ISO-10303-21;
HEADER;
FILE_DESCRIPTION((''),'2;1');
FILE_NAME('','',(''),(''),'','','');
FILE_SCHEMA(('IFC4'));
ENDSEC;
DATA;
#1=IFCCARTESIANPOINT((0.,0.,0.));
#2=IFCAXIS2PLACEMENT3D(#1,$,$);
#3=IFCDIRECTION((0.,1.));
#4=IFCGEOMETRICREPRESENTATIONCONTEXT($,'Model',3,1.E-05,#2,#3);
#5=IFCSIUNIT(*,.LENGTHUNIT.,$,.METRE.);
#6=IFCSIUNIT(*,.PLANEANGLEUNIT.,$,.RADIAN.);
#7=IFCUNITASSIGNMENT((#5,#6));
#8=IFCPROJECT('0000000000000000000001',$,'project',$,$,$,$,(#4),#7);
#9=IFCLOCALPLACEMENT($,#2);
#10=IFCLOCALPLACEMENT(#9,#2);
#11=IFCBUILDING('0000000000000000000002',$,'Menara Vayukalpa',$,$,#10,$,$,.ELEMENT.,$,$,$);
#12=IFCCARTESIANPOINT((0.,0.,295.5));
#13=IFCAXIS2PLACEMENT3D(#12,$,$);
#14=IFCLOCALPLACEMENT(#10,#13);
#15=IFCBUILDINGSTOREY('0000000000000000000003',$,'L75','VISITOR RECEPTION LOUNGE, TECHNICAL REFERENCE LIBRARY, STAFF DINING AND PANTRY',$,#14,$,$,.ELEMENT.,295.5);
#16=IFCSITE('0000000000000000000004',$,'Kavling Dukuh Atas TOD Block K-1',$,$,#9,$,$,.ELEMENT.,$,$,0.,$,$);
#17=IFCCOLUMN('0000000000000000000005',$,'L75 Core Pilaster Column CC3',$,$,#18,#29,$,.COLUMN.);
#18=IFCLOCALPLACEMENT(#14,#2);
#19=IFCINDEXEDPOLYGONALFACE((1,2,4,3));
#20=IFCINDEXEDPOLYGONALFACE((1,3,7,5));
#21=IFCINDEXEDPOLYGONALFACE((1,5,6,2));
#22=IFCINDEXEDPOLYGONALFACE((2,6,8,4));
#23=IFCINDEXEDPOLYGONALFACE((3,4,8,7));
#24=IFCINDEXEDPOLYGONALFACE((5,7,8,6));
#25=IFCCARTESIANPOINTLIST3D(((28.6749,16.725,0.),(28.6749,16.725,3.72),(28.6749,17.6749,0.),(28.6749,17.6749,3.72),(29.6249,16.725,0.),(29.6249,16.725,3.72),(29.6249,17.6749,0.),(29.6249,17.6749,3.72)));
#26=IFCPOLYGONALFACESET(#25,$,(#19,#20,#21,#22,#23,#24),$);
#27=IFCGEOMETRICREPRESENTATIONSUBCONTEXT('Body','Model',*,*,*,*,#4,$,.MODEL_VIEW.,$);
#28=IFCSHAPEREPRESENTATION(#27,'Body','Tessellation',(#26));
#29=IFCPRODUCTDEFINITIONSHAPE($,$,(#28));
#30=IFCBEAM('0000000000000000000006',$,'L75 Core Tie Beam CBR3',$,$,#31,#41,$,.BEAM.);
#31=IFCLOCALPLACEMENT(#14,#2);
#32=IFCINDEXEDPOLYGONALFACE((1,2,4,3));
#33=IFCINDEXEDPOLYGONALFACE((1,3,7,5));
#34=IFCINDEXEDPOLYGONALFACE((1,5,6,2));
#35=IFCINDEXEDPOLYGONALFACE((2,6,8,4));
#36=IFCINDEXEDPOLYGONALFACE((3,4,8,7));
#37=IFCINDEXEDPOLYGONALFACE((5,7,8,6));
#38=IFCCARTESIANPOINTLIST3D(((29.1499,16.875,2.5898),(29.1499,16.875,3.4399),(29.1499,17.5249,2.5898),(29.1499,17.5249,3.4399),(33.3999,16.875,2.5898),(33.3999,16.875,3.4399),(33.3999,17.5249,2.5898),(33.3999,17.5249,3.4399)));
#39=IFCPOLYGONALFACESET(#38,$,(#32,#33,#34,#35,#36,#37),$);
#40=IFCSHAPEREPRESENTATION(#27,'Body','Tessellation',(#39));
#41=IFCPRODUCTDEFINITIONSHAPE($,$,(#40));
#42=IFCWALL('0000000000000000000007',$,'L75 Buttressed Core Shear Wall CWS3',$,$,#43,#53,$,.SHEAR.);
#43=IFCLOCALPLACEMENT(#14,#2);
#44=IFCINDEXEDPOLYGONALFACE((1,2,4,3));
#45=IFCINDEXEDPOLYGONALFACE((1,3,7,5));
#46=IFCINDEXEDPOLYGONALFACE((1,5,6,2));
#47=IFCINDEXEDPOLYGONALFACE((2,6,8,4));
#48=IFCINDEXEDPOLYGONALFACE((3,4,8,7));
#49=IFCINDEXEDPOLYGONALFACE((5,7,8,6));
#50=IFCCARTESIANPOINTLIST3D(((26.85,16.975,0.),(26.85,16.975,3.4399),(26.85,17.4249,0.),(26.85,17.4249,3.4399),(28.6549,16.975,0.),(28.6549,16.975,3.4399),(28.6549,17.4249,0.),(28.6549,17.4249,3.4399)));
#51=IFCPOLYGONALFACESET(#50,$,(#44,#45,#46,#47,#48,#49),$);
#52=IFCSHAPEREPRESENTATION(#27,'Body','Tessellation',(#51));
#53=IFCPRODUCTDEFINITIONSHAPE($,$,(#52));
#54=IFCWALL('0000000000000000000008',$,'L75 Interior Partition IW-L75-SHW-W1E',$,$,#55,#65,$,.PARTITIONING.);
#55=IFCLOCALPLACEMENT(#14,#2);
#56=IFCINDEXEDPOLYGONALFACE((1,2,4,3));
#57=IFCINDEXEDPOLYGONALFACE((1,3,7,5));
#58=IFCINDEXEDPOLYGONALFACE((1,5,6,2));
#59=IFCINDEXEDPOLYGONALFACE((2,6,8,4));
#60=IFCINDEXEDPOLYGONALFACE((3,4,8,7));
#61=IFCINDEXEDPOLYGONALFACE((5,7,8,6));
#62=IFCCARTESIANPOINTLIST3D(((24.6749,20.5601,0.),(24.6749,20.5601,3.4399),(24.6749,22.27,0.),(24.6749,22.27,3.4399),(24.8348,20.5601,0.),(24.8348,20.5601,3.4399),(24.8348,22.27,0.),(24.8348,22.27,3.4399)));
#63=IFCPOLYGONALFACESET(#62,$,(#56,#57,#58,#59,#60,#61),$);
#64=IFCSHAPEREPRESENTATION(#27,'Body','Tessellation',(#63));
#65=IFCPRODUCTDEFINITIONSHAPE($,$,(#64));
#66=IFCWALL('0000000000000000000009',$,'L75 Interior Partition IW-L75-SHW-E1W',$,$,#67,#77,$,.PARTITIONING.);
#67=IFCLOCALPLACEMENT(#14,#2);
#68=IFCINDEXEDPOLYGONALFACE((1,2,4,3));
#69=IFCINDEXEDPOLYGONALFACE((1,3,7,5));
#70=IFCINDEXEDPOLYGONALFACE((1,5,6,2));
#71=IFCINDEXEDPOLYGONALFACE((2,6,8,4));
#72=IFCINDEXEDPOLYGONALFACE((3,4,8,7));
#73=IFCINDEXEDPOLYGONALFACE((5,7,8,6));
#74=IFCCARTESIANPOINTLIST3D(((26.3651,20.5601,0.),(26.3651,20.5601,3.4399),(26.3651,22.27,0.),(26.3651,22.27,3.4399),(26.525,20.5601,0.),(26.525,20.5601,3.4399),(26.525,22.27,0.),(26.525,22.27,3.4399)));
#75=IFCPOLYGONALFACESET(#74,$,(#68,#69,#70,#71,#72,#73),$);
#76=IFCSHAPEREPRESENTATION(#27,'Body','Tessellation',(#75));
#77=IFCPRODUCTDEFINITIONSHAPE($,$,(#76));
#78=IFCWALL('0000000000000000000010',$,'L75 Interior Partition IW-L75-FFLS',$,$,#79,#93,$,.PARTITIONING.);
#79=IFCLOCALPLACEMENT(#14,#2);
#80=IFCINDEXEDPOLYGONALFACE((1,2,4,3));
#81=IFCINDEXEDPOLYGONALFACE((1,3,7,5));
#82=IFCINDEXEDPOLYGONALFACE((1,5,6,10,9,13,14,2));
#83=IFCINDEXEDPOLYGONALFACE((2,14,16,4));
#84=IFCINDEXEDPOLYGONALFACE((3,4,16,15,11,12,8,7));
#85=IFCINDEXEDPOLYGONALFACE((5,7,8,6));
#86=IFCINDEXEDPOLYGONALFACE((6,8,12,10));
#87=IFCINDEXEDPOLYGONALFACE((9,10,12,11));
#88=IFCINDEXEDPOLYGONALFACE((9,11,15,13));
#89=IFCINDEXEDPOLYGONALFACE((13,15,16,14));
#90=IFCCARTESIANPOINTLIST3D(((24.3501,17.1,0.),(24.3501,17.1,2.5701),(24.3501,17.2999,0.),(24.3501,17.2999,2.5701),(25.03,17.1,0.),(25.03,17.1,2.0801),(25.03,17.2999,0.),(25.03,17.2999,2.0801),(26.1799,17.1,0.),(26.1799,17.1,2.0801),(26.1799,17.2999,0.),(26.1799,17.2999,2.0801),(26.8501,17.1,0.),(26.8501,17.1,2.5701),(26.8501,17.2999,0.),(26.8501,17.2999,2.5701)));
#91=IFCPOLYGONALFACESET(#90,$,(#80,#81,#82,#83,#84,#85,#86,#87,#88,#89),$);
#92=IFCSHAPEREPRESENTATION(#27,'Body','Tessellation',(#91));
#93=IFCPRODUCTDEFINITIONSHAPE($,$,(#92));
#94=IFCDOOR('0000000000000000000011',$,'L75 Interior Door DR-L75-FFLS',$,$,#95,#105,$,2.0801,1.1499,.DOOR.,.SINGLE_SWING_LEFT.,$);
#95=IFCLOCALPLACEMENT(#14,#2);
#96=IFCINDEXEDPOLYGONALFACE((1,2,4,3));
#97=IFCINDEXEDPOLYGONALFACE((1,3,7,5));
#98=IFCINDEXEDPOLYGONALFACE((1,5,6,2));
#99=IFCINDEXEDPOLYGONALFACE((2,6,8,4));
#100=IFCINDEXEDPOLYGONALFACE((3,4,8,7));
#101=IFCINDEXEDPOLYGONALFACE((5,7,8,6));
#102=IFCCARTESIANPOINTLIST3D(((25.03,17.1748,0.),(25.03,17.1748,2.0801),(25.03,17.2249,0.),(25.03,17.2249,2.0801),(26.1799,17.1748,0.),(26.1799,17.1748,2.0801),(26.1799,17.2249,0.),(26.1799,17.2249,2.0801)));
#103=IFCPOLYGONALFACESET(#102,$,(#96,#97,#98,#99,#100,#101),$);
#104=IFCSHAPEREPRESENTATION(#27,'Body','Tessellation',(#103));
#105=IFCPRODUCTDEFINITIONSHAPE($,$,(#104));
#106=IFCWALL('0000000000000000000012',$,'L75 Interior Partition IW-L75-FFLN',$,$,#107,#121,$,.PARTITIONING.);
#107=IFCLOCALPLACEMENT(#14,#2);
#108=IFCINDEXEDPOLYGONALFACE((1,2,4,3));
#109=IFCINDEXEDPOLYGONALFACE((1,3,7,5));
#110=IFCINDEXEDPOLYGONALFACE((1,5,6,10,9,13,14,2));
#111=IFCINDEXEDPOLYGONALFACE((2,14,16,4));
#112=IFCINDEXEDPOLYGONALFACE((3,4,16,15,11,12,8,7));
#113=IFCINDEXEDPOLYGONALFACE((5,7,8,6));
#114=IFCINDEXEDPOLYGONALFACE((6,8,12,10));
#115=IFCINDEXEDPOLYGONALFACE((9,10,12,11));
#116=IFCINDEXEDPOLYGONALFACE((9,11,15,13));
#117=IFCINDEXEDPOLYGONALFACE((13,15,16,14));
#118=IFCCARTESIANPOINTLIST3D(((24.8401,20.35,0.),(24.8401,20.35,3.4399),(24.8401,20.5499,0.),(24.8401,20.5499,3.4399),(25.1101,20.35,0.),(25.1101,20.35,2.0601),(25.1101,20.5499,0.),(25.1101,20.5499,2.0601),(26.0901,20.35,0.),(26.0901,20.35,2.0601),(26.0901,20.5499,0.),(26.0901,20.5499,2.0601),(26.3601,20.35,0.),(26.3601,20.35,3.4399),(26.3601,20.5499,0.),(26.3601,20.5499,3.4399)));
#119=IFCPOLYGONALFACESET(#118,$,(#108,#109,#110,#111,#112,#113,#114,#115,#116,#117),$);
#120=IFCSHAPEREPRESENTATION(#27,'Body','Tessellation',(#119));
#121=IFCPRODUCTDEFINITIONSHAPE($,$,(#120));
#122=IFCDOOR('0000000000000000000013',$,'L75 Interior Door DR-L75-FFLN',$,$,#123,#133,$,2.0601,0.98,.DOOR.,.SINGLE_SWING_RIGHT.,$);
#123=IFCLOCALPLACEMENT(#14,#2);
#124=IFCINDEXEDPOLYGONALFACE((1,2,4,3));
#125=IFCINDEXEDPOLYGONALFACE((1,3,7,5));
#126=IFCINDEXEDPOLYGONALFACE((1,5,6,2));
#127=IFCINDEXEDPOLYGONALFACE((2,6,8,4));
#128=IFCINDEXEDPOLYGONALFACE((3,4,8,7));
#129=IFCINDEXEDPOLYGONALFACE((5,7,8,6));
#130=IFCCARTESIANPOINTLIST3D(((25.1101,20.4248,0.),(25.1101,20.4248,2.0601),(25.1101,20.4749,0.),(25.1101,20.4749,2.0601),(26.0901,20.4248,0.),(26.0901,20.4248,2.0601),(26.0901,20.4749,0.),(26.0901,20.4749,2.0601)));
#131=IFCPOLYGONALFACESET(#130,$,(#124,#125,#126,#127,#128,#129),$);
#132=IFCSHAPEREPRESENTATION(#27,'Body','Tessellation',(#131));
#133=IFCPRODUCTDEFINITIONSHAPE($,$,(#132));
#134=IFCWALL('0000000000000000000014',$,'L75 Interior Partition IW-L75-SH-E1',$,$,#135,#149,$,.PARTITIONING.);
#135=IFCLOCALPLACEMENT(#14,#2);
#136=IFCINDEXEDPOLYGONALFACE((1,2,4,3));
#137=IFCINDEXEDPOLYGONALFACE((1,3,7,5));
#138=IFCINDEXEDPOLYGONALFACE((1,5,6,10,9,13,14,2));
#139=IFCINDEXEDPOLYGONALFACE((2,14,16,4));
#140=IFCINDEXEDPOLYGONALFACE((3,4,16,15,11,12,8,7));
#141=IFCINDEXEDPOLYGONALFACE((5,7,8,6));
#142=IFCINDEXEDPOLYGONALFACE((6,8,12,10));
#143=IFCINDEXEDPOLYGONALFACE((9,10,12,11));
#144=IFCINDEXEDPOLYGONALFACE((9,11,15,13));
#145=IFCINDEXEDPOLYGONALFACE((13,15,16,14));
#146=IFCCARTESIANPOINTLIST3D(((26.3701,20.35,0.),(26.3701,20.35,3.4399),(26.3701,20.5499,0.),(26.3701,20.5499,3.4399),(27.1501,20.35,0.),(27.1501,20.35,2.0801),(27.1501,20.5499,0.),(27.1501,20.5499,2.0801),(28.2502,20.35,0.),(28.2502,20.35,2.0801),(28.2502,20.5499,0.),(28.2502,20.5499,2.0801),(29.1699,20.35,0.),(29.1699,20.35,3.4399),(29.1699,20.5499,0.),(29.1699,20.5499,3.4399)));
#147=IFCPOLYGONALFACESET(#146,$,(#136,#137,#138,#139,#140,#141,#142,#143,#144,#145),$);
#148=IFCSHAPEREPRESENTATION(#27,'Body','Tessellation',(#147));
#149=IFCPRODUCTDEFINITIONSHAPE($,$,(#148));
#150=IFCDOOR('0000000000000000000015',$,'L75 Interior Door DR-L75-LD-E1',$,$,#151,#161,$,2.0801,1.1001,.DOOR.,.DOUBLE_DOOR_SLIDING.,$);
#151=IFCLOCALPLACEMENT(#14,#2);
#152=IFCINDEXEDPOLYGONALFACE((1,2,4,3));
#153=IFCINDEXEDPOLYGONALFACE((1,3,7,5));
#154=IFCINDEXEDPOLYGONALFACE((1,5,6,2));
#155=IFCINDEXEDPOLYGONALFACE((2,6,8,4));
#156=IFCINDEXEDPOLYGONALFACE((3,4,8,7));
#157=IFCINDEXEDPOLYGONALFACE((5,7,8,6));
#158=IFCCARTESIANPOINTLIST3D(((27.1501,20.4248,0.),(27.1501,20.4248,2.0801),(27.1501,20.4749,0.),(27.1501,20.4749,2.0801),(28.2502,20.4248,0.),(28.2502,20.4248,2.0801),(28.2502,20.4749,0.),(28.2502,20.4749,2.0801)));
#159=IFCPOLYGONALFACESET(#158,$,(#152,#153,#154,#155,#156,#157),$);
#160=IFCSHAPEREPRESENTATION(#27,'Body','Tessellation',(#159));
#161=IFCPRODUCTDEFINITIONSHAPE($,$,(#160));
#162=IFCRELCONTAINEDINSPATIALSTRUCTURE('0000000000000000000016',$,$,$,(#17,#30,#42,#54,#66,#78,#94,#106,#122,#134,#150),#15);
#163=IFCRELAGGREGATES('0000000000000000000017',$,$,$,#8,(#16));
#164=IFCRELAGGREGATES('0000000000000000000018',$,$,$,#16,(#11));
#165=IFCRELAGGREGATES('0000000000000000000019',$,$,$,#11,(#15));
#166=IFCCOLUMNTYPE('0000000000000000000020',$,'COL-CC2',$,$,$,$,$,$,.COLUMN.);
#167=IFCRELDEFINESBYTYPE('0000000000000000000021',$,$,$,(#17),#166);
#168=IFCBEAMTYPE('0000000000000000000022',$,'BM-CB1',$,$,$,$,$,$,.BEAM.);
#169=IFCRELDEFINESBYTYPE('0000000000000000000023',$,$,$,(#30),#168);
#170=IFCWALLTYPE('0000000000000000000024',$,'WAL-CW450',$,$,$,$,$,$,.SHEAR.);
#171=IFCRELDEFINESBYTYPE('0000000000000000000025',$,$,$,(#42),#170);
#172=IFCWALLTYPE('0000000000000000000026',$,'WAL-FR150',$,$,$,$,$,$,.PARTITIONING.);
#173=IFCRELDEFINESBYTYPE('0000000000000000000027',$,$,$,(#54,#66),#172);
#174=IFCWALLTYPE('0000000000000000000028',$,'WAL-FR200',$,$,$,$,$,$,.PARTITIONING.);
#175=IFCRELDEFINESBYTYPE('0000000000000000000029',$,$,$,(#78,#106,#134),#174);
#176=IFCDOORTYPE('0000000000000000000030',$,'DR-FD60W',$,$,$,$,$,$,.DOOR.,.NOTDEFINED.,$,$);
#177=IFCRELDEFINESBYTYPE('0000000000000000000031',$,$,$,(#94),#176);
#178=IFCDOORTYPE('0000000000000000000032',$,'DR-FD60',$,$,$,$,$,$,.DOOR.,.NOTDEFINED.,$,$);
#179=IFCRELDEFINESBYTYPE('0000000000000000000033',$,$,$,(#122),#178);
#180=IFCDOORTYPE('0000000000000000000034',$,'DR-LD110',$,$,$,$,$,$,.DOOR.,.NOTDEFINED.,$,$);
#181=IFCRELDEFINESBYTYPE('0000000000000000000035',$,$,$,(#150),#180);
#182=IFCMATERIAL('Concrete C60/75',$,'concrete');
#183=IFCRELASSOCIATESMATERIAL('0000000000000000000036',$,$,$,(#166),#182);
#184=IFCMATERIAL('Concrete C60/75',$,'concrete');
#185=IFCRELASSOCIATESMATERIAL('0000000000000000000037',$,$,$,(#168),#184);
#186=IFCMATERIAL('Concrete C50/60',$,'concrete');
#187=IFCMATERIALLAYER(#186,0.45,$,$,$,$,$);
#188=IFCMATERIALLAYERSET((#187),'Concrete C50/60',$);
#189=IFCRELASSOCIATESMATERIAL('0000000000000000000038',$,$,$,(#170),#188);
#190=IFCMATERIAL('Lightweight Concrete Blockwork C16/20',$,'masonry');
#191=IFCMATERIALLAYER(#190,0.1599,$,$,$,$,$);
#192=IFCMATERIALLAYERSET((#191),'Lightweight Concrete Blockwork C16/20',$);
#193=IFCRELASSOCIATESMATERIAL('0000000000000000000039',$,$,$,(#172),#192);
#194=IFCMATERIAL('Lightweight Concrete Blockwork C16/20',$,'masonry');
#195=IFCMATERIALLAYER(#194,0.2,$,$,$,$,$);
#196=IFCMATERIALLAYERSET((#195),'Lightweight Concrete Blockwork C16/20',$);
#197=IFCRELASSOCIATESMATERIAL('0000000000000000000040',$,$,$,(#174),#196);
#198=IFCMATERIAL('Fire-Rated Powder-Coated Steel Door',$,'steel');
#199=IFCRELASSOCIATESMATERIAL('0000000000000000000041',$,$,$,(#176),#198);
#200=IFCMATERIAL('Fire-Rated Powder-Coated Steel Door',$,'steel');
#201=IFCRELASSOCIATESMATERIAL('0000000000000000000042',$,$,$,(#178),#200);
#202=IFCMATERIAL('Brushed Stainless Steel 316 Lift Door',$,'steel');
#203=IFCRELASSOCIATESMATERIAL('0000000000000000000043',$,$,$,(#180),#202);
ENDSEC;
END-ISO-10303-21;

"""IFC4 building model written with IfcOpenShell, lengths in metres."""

from ifc_helpers import new_model, si_unit, direction, frame, frame_2d, origin, origin_2d, place, context, subcontext, project, spatial, rectangle, extrude, material, layer, layer_set, material_profile, profile_set, type_object, element, fill, save


model = new_model("IFC4")

# Units and contexts
model_context = context("Model", 3, precision=1e-05, world=origin(), true_north=direction((0.0, 1.0)))
body_context = subcontext(model_context, "Body", "Model", "MODEL_VIEW")
ifc_project = project(units=[si_unit("LENGTHUNIT", "METRE"), si_unit("PLANEANGLEUNIT", "RADIAN")], contexts=[model_context])

# Site, building, storey
site_placement = place(None, origin())
site = spatial("IfcSite", under=ifc_project, at=site_placement, Name="Kavling Dukuh Atas TOD Block K-1", CompositionType="ELEMENT", RefElevation=0.0)
building_placement = place(site_placement, origin())
building = spatial("IfcBuilding", under=site, at=building_placement, Name="Menara Vayukalpa", CompositionType="ELEMENT")
storey_placement = place(building_placement, frame((0.0, 0.0, 295.5)))
storey = spatial("IfcBuildingStorey", under=building, at=storey_placement, Name="L75", Description="VISITOR RECEPTION LOUNGE, TECHNICAL REFERENCE LIBRARY, STAFF DINING AND PANTRY", CompositionType="ELEMENT", Elevation=295.5)

# Column
ifc_material_1 = material(Name="Concrete C60/75", Category="concrete")
ifc_material_profile_1 = material_profile(ifc_material_1, rectangle(XDim=0.95, YDim=0.95, at=origin_2d()), Name="RC 950x950")
ifc_profile_set_1 = profile_set([ifc_material_profile_1], Name="Concrete C60/75")
column_type = type_object("IfcColumnType", Name="COL-CC2", PredefinedType="COLUMN", material=ifc_profile_set_1)
column_placement = place(storey_placement, frame((29.1499, 17.2, 0.0), z_axis=(0.0, 0.0, 1.0), x_axis=(1.0, 0.0, 0.0)))
element("IfcColumn", 1, at=column_placement, inside=storey, type_object=column_type, Name="L75 Core Pilaster Column CC3", PredefinedType="COLUMN", context=body_context, shape_type="SweptSolid", body=[
    extrude(rectangle(XDim=0.95, YDim=0.95, at=origin_2d()), origin(), (0.0, 0.0, 1.0), 3.72),
])

# Beam
ifc_material_2 = material(Name="Concrete C60/75", Category="concrete")
ifc_material_profile_2 = material_profile(ifc_material_2, rectangle(XDim=0.6499, YDim=0.8501, at=origin_2d()), Name="RC 650x850")
ifc_profile_set_2 = profile_set([ifc_material_profile_2], Name="Concrete C60/75")
beam_type = type_object("IfcBeamType", Name="BM-CB1", PredefinedType="BEAM", material=ifc_profile_set_2)
beam_placement = place(storey_placement, frame((29.1499, 17.2, 3.0149), z_axis=(1.0, 0.0, 0.0), x_axis=(0.0, 1.0, 0.0)))
element("IfcBeam", 2, at=beam_placement, inside=storey, type_object=beam_type, Name="L75 Core Tie Beam CBR3", PredefinedType="BEAM", context=body_context, shape_type="SweptSolid", body=[
    extrude(rectangle(XDim=0.6499, YDim=0.8501, at=origin_2d()), origin(), (0.0, 0.0, 1.0), 4.25),
])

# Walls
ifc_material_3 = material(Name="Concrete C50/60", Category="concrete")
ifc_layer_1 = layer(ifc_material_3, 0.45)
ifc_layer_set_1 = layer_set([ifc_layer_1], Name="Concrete C50/60")
wall_type_1 = type_object("IfcWallType", Name="WAL-CW450", PredefinedType="SHEAR", material=ifc_layer_set_1)
wall_1_placement = place(storey_placement, frame((26.8501, 17.2, 0.0), z_axis=(0.0, 0.0, 1.0), x_axis=(1.0, 0.0, 0.0)))
element("IfcWall", 3, at=wall_1_placement, inside=storey, type_object=wall_type_1, Name="L75 Buttressed Core Shear Wall CWS3", PredefinedType="SHEAR", context=body_context, shape_type="SweptSolid", body=[
    extrude(rectangle(XDim=1.8049, YDim=0.45, at=frame_2d((0.9023, 0.0))), origin(), (0.0, 0.0, 1.0), 3.4399),
])
ifc_material_4 = material(Name="Lightweight Concrete Blockwork C16/20", Category="masonry")
ifc_layer_2 = layer(ifc_material_4, 0.1599)
ifc_layer_set_2 = layer_set([ifc_layer_2], Name="Lightweight Concrete Blockwork C16/20")
wall_type_2 = type_object("IfcWallType", Name="WAL-FR150", PredefinedType="PARTITIONING", material=ifc_layer_set_2)
for number, where, z_axis, x_axis, name in (
    (4, (24.7549, 20.5601, 0.0), (0.0, 0.0, 1.0), (0.0, 1.0, 0.0), "L75 Interior Partition IW-L75-SHW-W1E"),
    (5, (26.4451, 20.5601, 0.0), (0.0, 0.0, 1.0), (0.0, 1.0, 0.0), "L75 Interior Partition IW-L75-SHW-E1W"),
):
    element("IfcWall", number, at=place(storey_placement, frame(where, z_axis=z_axis, x_axis=x_axis)), inside=storey, type_object=wall_type_2, Name=name, PredefinedType="PARTITIONING", context=body_context, shape_type="SweptSolid", body=[
        extrude(rectangle(XDim=1.71, YDim=0.1599, at=frame_2d((0.855, 0.0))), origin(), (0.0, 0.0, 1.0), 3.4399),
    ])

# Walls, openings, doors
ifc_material_5 = material(Name="Lightweight Concrete Blockwork C16/20", Category="masonry")
ifc_layer_3 = layer(ifc_material_5, 0.2)
ifc_layer_set_3 = layer_set([ifc_layer_3], Name="Lightweight Concrete Blockwork C16/20")
wall_type_3 = type_object("IfcWallType", Name="WAL-FR200", PredefinedType="PARTITIONING", material=ifc_layer_set_3)
wall_2_placement = place(storey_placement, frame((24.3501, 17.2, 0.0), z_axis=(0.0, 0.0, 1.0), x_axis=(1.0, 0.0, 0.0)))
wall_2 = element("IfcWall", 6, at=wall_2_placement, inside=storey, type_object=wall_type_3, Name="L75 Interior Partition IW-L75-FFLS", PredefinedType="PARTITIONING", context=body_context, shape_type="SweptSolid", body=[
    extrude(rectangle(XDim=2.5, YDim=0.2, at=frame_2d((1.25, 0.0))), origin(), (0.0, 0.0, 1.0), 2.5701),
])
opening_1_placement = place(wall_2_placement, frame((0.6799, 0.0, 0.0)))
opening_1 = element("IfcOpeningElement", 7, at=opening_1_placement, cuts=wall_2, PredefinedType="OPENING", context=body_context, shape_type="SweptSolid", body=[
    extrude(rectangle(XDim=1.1499, YDim=2.0801, at=frame_2d((0.575, 1.04))), frame((0.0, 0.1099, 0.0), z_axis=(0.0, -1.0, 0.0), x_axis=(1.0, 0.0, 0.0)), (0.0, 0.0, 1.0), 0.22),
])
ifc_material_6 = material(Name="Fire-Rated Powder-Coated Steel Door", Category="steel")
door_type_1 = type_object("IfcDoorType", Name="DR-FD60W", OperationType="NOTDEFINED", PredefinedType="DOOR", material=ifc_material_6)
door_1_placement = place(opening_1_placement, origin())
door_1 = element("IfcDoor", 8, at=door_1_placement, inside=storey, type_object=door_type_1, Name="L75 Interior Door DR-L75-FFLS", OperationType="SINGLE_SWING_LEFT", OverallHeight=2.0801, OverallWidth=1.1499, PredefinedType="DOOR", context=body_context, shape_type="SweptSolid", body=[
    extrude(rectangle(XDim=1.1499, YDim=2.0801, at=frame_2d((0.575, 1.04))), frame((0.0, 0.0249, 0.0), z_axis=(0.0, -1.0, 0.0), x_axis=(1.0, 0.0, 0.0)), (0.0, 0.0, 1.0), 0.05),
])
fill(opening_1, door_1)
wall_3_placement = place(storey_placement, frame((24.8401, 20.45, 0.0), z_axis=(0.0, 0.0, 1.0), x_axis=(1.0, 0.0, 0.0)))
wall_3 = element("IfcWall", 9, at=wall_3_placement, inside=storey, type_object=wall_type_3, Name="L75 Interior Partition IW-L75-FFLN", PredefinedType="PARTITIONING", context=body_context, shape_type="SweptSolid", body=[
    extrude(rectangle(XDim=1.52, YDim=0.2, at=frame_2d((0.76, 0.0))), origin(), (0.0, 0.0, 1.0), 3.4399),
])
opening_2_placement = place(wall_3_placement, frame((0.27, 0.0, 0.0)))
opening_2 = element("IfcOpeningElement", 10, at=opening_2_placement, cuts=wall_3, PredefinedType="OPENING", context=body_context, shape_type="SweptSolid", body=[
    extrude(rectangle(XDim=0.98, YDim=2.0601, at=frame_2d((0.49, 1.03))), frame((0.0, 0.1099, 0.0), z_axis=(0.0, -1.0, 0.0), x_axis=(1.0, 0.0, 0.0)), (0.0, 0.0, 1.0), 0.22),
])
ifc_material_7 = material(Name="Fire-Rated Powder-Coated Steel Door", Category="steel")
door_type_2 = type_object("IfcDoorType", Name="DR-FD60", OperationType="NOTDEFINED", PredefinedType="DOOR", material=ifc_material_7)
door_2_placement = place(opening_2_placement, origin())
door_2 = element("IfcDoor", 11, at=door_2_placement, inside=storey, type_object=door_type_2, Name="L75 Interior Door DR-L75-FFLN", OperationType="SINGLE_SWING_RIGHT", OverallHeight=2.0601, OverallWidth=0.98, PredefinedType="DOOR", context=body_context, shape_type="SweptSolid", body=[
    extrude(rectangle(XDim=0.98, YDim=2.0601, at=frame_2d((0.49, 1.03))), frame((0.0, 0.0249, 0.0), z_axis=(0.0, -1.0, 0.0), x_axis=(1.0, 0.0, 0.0)), (0.0, 0.0, 1.0), 0.05),
])
fill(opening_2, door_2)
wall_4_placement = place(storey_placement, frame((26.3701, 20.45, 0.0), z_axis=(0.0, 0.0, 1.0), x_axis=(1.0, 0.0, 0.0)))
wall_4 = element("IfcWall", 12, at=wall_4_placement, inside=storey, type_object=wall_type_3, Name="L75 Interior Partition IW-L75-SH-E1", PredefinedType="PARTITIONING", context=body_context, shape_type="SweptSolid", body=[
    extrude(rectangle(XDim=2.7998, YDim=0.2, at=frame_2d((1.3999, 0.0))), origin(), (0.0, 0.0, 1.0), 3.4399),
])
opening_3_placement = place(wall_4_placement, frame((0.78, 0.0, 0.0)))
opening_3 = element("IfcOpeningElement", 13, at=opening_3_placement, cuts=wall_4, PredefinedType="OPENING", context=body_context, shape_type="SweptSolid", body=[
    extrude(rectangle(XDim=1.1001, YDim=2.0801, at=frame_2d((0.55, 1.04))), frame((0.0, 0.1099, 0.0), z_axis=(0.0, -1.0, 0.0), x_axis=(1.0, 0.0, 0.0)), (0.0, 0.0, 1.0), 0.22),
])
ifc_material_8 = material(Name="Brushed Stainless Steel 316 Lift Door", Category="steel")
door_type_3 = type_object("IfcDoorType", Name="DR-LD110", OperationType="NOTDEFINED", PredefinedType="DOOR", material=ifc_material_8)
door_3_placement = place(opening_3_placement, origin())
door_3 = element("IfcDoor", 14, at=door_3_placement, inside=storey, type_object=door_type_3, Name="L75 Interior Door DR-L75-LD-E1", OperationType="DOUBLE_DOOR_SLIDING", OverallHeight=2.0801, OverallWidth=1.1001, PredefinedType="DOOR", context=body_context, shape_type="SweptSolid", body=[
    extrude(rectangle(XDim=1.1001, YDim=2.0801, at=frame_2d((0.55, 1.04))), frame((0.0, 0.0249, 0.0), z_axis=(0.0, -1.0, 0.0), x_axis=(1.0, 0.0, 0.0)), (0.0, 0.0, 1.0), 0.05),
])
fill(opening_3, door_3)

save(model, "model.ifc")
